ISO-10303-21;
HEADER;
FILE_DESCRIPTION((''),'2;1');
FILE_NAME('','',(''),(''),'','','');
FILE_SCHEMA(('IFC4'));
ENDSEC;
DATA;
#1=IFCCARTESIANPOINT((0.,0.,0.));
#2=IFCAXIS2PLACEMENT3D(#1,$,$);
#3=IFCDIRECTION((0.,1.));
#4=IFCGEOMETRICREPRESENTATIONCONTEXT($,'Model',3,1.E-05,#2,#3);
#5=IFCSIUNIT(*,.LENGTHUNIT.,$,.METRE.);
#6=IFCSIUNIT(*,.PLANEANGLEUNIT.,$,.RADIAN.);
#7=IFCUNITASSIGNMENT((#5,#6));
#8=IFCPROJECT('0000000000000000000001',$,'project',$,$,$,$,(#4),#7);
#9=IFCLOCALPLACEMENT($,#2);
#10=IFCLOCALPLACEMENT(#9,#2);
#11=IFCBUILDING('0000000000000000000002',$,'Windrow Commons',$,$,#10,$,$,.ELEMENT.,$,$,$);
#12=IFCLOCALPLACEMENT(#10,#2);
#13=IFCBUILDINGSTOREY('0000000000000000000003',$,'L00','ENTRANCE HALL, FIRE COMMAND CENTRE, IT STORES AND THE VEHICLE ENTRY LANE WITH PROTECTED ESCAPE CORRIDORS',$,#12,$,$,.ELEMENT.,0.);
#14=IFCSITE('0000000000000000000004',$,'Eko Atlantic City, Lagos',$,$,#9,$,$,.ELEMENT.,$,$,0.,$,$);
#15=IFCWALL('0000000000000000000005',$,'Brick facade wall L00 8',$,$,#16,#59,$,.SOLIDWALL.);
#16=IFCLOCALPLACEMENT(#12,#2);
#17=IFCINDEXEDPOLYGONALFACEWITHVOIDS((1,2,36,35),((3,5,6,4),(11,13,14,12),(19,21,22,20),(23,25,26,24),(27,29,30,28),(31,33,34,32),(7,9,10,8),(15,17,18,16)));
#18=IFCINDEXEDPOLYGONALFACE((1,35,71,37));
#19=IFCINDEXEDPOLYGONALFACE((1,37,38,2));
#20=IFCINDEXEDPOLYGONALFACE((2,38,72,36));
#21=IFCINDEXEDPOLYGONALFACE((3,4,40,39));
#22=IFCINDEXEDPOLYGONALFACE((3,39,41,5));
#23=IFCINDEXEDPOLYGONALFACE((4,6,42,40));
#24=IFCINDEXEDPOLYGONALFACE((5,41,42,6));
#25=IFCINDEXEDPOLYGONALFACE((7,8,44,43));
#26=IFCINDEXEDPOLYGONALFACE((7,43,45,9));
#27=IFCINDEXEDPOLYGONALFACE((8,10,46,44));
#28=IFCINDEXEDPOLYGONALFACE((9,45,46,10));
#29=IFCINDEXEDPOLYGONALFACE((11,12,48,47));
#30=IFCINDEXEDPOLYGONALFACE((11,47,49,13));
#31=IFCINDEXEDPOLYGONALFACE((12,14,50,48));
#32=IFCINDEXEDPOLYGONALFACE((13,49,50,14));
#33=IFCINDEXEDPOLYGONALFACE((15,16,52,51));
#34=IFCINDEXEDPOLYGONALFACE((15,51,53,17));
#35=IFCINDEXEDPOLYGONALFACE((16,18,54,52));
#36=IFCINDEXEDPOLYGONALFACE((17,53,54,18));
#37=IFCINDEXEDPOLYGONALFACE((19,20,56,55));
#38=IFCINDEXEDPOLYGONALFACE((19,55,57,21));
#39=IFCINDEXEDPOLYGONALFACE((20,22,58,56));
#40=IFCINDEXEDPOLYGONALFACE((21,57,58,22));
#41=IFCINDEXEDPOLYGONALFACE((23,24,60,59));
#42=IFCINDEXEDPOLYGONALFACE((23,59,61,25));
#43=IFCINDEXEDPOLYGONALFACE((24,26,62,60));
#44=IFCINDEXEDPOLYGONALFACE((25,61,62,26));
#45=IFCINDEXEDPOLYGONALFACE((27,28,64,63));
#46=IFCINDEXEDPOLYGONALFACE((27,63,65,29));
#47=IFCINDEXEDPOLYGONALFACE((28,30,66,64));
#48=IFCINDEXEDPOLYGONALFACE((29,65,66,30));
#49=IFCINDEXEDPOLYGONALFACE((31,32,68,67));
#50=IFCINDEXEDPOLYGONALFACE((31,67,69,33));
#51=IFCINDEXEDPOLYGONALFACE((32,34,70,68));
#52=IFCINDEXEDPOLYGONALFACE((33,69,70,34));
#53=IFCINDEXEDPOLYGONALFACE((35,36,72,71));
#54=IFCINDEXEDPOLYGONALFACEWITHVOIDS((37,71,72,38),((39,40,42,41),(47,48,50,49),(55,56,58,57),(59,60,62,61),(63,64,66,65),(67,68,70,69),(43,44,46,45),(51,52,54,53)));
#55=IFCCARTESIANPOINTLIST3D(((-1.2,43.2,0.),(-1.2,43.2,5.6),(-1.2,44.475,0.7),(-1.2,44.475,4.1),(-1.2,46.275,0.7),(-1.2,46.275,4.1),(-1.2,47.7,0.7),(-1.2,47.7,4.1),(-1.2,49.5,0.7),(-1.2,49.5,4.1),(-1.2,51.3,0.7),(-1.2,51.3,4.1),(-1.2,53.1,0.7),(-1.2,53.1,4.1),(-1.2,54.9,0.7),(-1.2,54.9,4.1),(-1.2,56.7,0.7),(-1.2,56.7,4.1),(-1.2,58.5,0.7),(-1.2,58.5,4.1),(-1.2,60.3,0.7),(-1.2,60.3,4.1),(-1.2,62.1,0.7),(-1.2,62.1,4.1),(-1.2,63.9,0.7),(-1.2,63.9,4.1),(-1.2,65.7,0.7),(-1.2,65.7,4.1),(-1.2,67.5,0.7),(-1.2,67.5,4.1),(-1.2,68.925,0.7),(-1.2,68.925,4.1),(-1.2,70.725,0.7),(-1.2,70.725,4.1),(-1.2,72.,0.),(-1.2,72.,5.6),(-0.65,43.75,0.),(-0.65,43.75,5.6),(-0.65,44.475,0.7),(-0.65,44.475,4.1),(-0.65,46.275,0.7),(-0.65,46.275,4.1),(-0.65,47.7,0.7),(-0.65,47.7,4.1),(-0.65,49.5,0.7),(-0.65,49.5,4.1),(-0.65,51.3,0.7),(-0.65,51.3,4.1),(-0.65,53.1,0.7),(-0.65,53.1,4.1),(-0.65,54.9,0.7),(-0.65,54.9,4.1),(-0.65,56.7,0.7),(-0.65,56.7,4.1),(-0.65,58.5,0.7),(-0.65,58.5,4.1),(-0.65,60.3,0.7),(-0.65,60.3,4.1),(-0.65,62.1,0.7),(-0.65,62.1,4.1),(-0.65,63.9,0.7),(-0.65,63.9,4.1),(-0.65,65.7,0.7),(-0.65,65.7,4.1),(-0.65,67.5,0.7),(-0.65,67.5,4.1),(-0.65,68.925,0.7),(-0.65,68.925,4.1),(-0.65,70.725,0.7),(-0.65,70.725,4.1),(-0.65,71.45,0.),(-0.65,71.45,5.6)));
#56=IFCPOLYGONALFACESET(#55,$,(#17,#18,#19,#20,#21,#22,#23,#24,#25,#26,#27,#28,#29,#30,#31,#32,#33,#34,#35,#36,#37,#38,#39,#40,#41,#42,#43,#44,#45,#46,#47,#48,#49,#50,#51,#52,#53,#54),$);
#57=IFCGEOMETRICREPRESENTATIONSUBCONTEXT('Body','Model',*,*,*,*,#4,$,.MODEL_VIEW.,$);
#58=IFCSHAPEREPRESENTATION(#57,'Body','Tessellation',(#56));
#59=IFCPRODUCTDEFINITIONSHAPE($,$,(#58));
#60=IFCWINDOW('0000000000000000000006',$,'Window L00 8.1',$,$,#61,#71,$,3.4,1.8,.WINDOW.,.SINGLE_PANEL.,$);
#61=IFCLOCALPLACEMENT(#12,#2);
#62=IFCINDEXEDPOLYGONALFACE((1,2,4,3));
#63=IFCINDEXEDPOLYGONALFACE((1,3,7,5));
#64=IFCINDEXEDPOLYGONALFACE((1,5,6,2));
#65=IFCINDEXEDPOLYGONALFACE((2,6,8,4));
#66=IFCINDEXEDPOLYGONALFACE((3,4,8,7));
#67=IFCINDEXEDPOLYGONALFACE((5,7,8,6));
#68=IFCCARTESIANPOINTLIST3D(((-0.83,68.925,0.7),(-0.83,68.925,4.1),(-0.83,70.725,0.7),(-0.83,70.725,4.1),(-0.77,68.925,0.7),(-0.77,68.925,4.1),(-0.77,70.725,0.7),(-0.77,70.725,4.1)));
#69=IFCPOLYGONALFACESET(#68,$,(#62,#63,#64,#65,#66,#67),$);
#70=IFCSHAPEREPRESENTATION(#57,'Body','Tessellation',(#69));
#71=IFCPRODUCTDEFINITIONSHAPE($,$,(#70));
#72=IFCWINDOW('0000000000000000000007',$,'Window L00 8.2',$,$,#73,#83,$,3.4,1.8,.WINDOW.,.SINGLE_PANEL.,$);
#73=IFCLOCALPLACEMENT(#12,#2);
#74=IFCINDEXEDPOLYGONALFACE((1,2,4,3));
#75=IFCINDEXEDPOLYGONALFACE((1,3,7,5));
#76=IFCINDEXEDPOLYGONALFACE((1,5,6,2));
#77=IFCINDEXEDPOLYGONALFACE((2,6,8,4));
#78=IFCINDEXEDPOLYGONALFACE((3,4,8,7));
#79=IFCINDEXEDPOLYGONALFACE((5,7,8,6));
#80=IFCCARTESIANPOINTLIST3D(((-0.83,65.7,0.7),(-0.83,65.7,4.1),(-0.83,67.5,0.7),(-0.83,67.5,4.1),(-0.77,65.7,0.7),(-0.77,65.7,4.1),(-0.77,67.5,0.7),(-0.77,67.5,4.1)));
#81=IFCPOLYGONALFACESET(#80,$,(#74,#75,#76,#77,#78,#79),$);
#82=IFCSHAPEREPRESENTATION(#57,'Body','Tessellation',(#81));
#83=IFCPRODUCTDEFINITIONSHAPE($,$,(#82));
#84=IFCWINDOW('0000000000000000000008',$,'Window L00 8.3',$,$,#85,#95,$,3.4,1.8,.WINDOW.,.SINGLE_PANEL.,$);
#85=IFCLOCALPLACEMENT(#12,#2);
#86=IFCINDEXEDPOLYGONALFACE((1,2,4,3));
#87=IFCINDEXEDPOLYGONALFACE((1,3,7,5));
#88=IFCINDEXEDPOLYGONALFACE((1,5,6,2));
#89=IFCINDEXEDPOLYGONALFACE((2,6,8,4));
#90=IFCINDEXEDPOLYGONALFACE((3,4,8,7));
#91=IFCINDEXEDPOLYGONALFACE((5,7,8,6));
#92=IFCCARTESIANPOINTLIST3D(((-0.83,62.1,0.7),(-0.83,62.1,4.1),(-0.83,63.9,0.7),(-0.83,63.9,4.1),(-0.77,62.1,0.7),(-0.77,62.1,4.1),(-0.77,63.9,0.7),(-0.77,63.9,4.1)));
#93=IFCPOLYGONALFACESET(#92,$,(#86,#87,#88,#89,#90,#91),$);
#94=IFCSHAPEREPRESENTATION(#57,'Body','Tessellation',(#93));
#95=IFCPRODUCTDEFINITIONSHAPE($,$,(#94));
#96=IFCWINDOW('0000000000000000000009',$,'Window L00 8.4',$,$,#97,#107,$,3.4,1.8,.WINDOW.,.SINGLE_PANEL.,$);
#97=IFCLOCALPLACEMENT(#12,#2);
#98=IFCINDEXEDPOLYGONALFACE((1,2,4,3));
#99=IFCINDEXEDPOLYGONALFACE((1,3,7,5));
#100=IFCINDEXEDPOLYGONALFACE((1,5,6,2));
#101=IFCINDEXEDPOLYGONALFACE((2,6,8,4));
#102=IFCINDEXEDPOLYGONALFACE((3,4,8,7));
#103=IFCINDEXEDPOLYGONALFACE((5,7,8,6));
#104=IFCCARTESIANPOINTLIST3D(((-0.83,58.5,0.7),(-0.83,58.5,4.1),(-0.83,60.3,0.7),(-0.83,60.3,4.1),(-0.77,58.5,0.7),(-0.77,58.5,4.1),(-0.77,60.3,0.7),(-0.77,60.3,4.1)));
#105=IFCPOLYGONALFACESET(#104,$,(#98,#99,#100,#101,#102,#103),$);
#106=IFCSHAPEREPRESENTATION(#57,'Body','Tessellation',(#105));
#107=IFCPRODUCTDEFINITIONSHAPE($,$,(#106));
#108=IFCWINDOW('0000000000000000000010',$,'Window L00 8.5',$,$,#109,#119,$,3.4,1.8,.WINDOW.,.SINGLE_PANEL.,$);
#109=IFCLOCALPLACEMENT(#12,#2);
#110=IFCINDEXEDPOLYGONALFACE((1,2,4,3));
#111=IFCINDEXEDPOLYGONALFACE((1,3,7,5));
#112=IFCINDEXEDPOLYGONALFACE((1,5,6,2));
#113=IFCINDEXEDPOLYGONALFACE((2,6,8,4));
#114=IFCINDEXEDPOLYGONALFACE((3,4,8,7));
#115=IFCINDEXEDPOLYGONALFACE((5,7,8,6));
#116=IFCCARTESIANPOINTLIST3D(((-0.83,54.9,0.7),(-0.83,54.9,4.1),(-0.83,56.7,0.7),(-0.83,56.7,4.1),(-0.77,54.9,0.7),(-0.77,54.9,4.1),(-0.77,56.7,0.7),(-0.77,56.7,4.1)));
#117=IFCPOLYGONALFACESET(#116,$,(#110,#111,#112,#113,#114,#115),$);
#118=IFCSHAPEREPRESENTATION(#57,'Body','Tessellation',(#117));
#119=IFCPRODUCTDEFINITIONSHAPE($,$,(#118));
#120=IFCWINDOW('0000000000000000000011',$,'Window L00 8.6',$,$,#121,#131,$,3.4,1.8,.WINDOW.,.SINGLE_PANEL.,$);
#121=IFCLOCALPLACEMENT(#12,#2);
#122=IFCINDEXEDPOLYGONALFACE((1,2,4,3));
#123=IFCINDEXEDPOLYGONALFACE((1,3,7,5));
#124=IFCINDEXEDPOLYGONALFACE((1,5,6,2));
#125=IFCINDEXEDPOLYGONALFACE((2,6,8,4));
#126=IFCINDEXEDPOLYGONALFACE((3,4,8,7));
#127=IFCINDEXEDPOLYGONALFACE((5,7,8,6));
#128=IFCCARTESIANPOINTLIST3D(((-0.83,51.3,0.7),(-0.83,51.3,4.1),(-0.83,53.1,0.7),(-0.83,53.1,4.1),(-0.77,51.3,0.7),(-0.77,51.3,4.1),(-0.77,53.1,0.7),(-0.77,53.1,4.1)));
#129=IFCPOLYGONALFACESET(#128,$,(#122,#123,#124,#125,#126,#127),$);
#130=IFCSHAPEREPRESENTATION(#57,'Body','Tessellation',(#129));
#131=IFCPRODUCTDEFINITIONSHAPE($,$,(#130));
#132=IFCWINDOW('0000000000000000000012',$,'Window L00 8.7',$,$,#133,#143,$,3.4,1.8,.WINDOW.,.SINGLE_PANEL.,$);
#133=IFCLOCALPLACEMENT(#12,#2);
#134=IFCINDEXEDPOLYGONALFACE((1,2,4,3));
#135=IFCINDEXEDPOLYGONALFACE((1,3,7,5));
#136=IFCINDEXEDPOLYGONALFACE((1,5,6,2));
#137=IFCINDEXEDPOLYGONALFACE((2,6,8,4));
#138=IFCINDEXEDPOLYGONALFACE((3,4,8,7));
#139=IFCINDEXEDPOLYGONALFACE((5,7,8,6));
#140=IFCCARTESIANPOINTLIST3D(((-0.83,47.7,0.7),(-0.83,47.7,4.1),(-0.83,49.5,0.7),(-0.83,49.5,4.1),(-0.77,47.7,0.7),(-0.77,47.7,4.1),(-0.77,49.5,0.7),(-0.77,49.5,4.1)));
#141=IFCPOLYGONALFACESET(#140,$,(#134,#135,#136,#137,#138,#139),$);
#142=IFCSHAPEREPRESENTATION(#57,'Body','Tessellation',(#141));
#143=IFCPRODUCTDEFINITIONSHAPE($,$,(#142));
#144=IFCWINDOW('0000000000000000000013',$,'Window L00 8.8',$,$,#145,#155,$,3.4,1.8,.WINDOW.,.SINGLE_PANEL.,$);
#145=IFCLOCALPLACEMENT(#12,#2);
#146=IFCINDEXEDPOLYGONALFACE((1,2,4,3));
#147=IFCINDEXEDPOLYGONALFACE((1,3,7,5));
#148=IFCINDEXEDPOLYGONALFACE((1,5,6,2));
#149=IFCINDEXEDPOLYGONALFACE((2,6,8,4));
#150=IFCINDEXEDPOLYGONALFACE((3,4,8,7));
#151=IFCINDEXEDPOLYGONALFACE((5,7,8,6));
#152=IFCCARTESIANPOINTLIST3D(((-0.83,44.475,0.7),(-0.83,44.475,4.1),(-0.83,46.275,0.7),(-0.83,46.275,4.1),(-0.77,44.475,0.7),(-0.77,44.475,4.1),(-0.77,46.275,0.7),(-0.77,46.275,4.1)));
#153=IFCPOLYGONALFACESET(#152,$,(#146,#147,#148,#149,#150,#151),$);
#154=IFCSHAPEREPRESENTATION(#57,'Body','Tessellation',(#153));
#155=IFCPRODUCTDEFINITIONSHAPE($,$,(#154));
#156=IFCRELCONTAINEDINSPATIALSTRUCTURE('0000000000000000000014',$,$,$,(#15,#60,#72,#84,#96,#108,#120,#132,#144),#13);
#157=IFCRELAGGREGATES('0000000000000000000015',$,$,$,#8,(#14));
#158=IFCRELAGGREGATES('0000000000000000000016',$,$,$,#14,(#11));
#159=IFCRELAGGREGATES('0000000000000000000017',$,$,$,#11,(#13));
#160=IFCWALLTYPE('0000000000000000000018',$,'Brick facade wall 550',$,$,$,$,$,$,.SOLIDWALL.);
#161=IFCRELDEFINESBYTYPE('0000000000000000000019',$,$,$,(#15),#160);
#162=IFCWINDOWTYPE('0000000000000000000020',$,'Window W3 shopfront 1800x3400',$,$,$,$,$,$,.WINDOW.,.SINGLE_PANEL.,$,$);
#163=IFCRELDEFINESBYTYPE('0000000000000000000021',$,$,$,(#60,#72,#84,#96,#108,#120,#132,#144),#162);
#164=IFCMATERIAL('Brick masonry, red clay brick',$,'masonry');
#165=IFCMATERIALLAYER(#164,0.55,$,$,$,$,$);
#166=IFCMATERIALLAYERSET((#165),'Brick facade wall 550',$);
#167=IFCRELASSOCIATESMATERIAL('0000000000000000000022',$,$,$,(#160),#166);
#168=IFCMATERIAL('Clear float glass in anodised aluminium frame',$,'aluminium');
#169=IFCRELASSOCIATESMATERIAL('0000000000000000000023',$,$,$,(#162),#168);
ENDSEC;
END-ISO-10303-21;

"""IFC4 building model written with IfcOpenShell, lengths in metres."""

from ifc_helpers import new_model, si_unit, direction, frame, frame_2d, origin, place, context, subcontext, project, spatial, polyline, rectangle, outline, extrude, material, layer, layer_set, type_object, element, fill, save


model = new_model("IFC4")

# Units and contexts
model_context = context("Model", 3, precision=1e-05, world=origin(), true_north=direction((0.0, 1.0)))
body_context = subcontext(model_context, "Body", "Model", "MODEL_VIEW")
ifc_project = project(units=[si_unit("LENGTHUNIT", "METRE"), si_unit("PLANEANGLEUNIT", "RADIAN")], contexts=[model_context])

# Site, building, storey
site_placement = place(None, origin())
site = spatial("IfcSite", under=ifc_project, at=site_placement, Name="Eko Atlantic City, Lagos", CompositionType="ELEMENT", RefElevation=0.0)
building_placement = place(site_placement, origin())
building = spatial("IfcBuilding", under=site, at=building_placement, Name="Windrow Commons", CompositionType="ELEMENT")
storey_placement = place(building_placement, origin())
storey = spatial("IfcBuildingStorey", under=building, at=storey_placement, Name="L00", Description="ENTRANCE HALL, FIRE COMMAND CENTRE, IT STORES AND THE VEHICLE ENTRY LANE WITH PROTECTED ESCAPE CORRIDORS", CompositionType="ELEMENT", Elevation=0.0)

# Shared definitions
ifc_material_1 = material(Name="Brick masonry, red clay brick", Category="masonry")
ifc_layer = layer(ifc_material_1, 0.55)
ifc_layer_set = layer_set([ifc_layer], Name="Brick facade wall 550")
wall_type = type_object("IfcWallType", Name="Brick facade wall 550", PredefinedType="SOLIDWALL", material=ifc_layer_set)

# Wall, openings, windows
wall_1_placement = place(storey_placement, frame((-0.925, 71.725, 0.0), z_axis=(0.0, 0.0, 1.0), x_axis=(0.0, -1.0, 0.0)))
wall_1 = element("IfcWall", 1, at=wall_1_placement, inside=storey, type_object=wall_type, Name="Brick facade wall L00 8", PredefinedType="SOLIDWALL", context=body_context, shape_type="SweptSolid", body=[
    extrude(outline(polyline([(-0.275, -0.275), (28.525, -0.275), (27.975, 0.275), (0.275, 0.275), (-0.275, -0.275)])), origin(), (0.0, 0.0, 1.0), 5.6),
])
opening_1_placement = place(wall_1_placement, frame((1.0, 0.0, 0.7)))
opening_1 = element("IfcOpeningElement", 2, at=opening_1_placement, cuts=wall_1, PredefinedType="OPENING", context=body_context, shape_type="SweptSolid", body=[
    extrude(rectangle(XDim=1.8, YDim=3.4, at=frame_2d((0.9, 1.7))), frame((0.0, 0.285, 0.0), z_axis=(0.0, -1.0, 0.0), x_axis=(1.0, 0.0, 0.0)), (0.0, 0.0, 1.0), 0.57),
])
opening_2_placement = place(wall_1_placement, frame((4.225, 0.0, 0.7)))
opening_2 = element("IfcOpeningElement", 3, at=opening_2_placement, cuts=wall_1, PredefinedType="OPENING", context=body_context, shape_type="SweptSolid", body=[
    extrude(rectangle(XDim=1.8, YDim=3.4, at=frame_2d((0.9, 1.7))), frame((0.0, 0.285, 0.0), z_axis=(0.0, -1.0, 0.0), x_axis=(1.0, 0.0, 0.0)), (0.0, 0.0, 1.0), 0.57),
])
opening_3_placement = place(wall_1_placement, frame((7.825, 0.0, 0.7)))
opening_3 = element("IfcOpeningElement", 4, at=opening_3_placement, cuts=wall_1, PredefinedType="OPENING", context=body_context, shape_type="SweptSolid", body=[
    extrude(rectangle(XDim=1.8, YDim=3.4, at=frame_2d((0.9, 1.7))), frame((0.0, 0.285, 0.0), z_axis=(0.0, -1.0, 0.0), x_axis=(1.0, 0.0, 0.0)), (0.0, 0.0, 1.0), 0.57),
])
opening_4_placement = place(wall_1_placement, frame((11.425, 0.0, 0.7)))
opening_4 = element("IfcOpeningElement", 5, at=opening_4_placement, cuts=wall_1, PredefinedType="OPENING", context=body_context, shape_type="SweptSolid", body=[
    extrude(rectangle(XDim=1.8, YDim=3.4, at=frame_2d((0.9, 1.7))), frame((0.0, 0.285, 0.0), z_axis=(0.0, -1.0, 0.0), x_axis=(1.0, 0.0, 0.0)), (0.0, 0.0, 1.0), 0.57),
])
opening_5_placement = place(wall_1_placement, frame((15.025, 0.0, 0.7)))
opening_5 = element("IfcOpeningElement", 6, at=opening_5_placement, cuts=wall_1, PredefinedType="OPENING", context=body_context, shape_type="SweptSolid", body=[
    extrude(rectangle(XDim=1.8, YDim=3.4, at=frame_2d((0.9, 1.7))), frame((0.0, 0.285, 0.0), z_axis=(0.0, -1.0, 0.0), x_axis=(1.0, 0.0, 0.0)), (0.0, 0.0, 1.0), 0.57),
])
opening_6_placement = place(wall_1_placement, frame((18.625, 0.0, 0.7)))
opening_6 = element("IfcOpeningElement", 7, at=opening_6_placement, cuts=wall_1, PredefinedType="OPENING", context=body_context, shape_type="SweptSolid", body=[
    extrude(rectangle(XDim=1.8, YDim=3.4, at=frame_2d((0.9, 1.7))), frame((0.0, 0.285, 0.0), z_axis=(0.0, -1.0, 0.0), x_axis=(1.0, 0.0, 0.0)), (0.0, 0.0, 1.0), 0.57),
])
opening_7_placement = place(wall_1_placement, frame((22.225, 0.0, 0.7)))
opening_7 = element("IfcOpeningElement", 8, at=opening_7_placement, cuts=wall_1, PredefinedType="OPENING", context=body_context, shape_type="SweptSolid", body=[
    extrude(rectangle(XDim=1.8, YDim=3.4, at=frame_2d((0.9, 1.7))), frame((0.0, 0.285, 0.0), z_axis=(0.0, -1.0, 0.0), x_axis=(1.0, 0.0, 0.0)), (0.0, 0.0, 1.0), 0.57),
])
opening_8_placement = place(wall_1_placement, frame((25.45, 0.0, 0.7)))
opening_8 = element("IfcOpeningElement", 9, at=opening_8_placement, cuts=wall_1, PredefinedType="OPENING", context=body_context, shape_type="SweptSolid", body=[
    extrude(rectangle(XDim=1.8, YDim=3.4, at=frame_2d((0.9, 1.7))), frame((0.0, 0.285, 0.0), z_axis=(0.0, -1.0, 0.0), x_axis=(1.0, 0.0, 0.0)), (0.0, 0.0, 1.0), 0.57),
])
ifc_material_2 = material(Name="Clear float glass in anodised aluminium frame", Category="aluminium")
window_type = type_object("IfcWindowType", Name="Window W3 shopfront 1800x3400", PartitioningType="SINGLE_PANEL", PredefinedType="WINDOW", material=ifc_material_2)
window_1_placement = place(opening_1_placement, origin())
window_1 = element("IfcWindow", 10, at=window_1_placement, inside=storey, type_object=window_type, Name="Window L00 8.1", OverallHeight=3.4, OverallWidth=1.8, PartitioningType="SINGLE_PANEL", PredefinedType="WINDOW", context=body_context, shape_type="SweptSolid", body=[
    extrude(rectangle(XDim=1.8, YDim=3.4, at=frame_2d((0.9, 1.7))), frame((0.0, 0.155, 0.0), z_axis=(0.0, -1.0, 0.0), x_axis=(1.0, 0.0, 0.0)), (0.0, 0.0, 1.0), 0.06),
])
fill(opening_1, window_1)
window_2_placement = place(opening_2_placement, origin())
window_2 = element("IfcWindow", 11, at=window_2_placement, inside=storey, type_object=window_type, Name="Window L00 8.2", OverallHeight=3.4, OverallWidth=1.8, PartitioningType="SINGLE_PANEL", PredefinedType="WINDOW", context=body_context, shape_type="SweptSolid", body=[
    extrude(rectangle(XDim=1.8, YDim=3.4, at=frame_2d((0.9, 1.7))), frame((0.0, 0.155, 0.0), z_axis=(0.0, -1.0, 0.0), x_axis=(1.0, 0.0, 0.0)), (0.0, 0.0, 1.0), 0.06),
])
fill(opening_2, window_2)
window_3_placement = place(opening_3_placement, origin())
window_3 = element("IfcWindow", 12, at=window_3_placement, inside=storey, type_object=window_type, Name="Window L00 8.3", OverallHeight=3.4, OverallWidth=1.8, PartitioningType="SINGLE_PANEL", PredefinedType="WINDOW", context=body_context, shape_type="SweptSolid", body=[
    extrude(rectangle(XDim=1.8, YDim=3.4, at=frame_2d((0.9, 1.7))), frame((0.0, 0.155, 0.0), z_axis=(0.0, -1.0, 0.0), x_axis=(1.0, 0.0, 0.0)), (0.0, 0.0, 1.0), 0.06),
])
fill(opening_3, window_3)
window_4_placement = place(opening_4_placement, origin())
window_4 = element("IfcWindow", 13, at=window_4_placement, inside=storey, type_object=window_type, Name="Window L00 8.4", OverallHeight=3.4, OverallWidth=1.8, PartitioningType="SINGLE_PANEL", PredefinedType="WINDOW", context=body_context, shape_type="SweptSolid", body=[
    extrude(rectangle(XDim=1.8, YDim=3.4, at=frame_2d((0.9, 1.7))), frame((0.0, 0.155, 0.0), z_axis=(0.0, -1.0, 0.0), x_axis=(1.0, 0.0, 0.0)), (0.0, 0.0, 1.0), 0.06),
])
fill(opening_4, window_4)
window_5_placement = place(opening_5_placement, origin())
window_5 = element("IfcWindow", 14, at=window_5_placement, inside=storey, type_object=window_type, Name="Window L00 8.5", OverallHeight=3.4, OverallWidth=1.8, PartitioningType="SINGLE_PANEL", PredefinedType="WINDOW", context=body_context, shape_type="SweptSolid", body=[
    extrude(rectangle(XDim=1.8, YDim=3.4, at=frame_2d((0.9, 1.7))), frame((0.0, 0.155, 0.0), z_axis=(0.0, -1.0, 0.0), x_axis=(1.0, 0.0, 0.0)), (0.0, 0.0, 1.0), 0.06),
])
fill(opening_5, window_5)
window_6_placement = place(opening_6_placement, origin())
window_6 = element("IfcWindow", 15, at=window_6_placement, inside=storey, type_object=window_type, Name="Window L00 8.6", OverallHeight=3.4, OverallWidth=1.8, PartitioningType="SINGLE_PANEL", PredefinedType="WINDOW", context=body_context, shape_type="SweptSolid", body=[
    extrude(rectangle(XDim=1.8, YDim=3.4, at=frame_2d((0.9, 1.7))), frame((0.0, 0.155, 0.0), z_axis=(0.0, -1.0, 0.0), x_axis=(1.0, 0.0, 0.0)), (0.0, 0.0, 1.0), 0.06),
])
fill(opening_6, window_6)
window_7_placement = place(opening_7_placement, origin())
window_7 = element("IfcWindow", 16, at=window_7_placement, inside=storey, type_object=window_type, Name="Window L00 8.7", OverallHeight=3.4, OverallWidth=1.8, PartitioningType="SINGLE_PANEL", PredefinedType="WINDOW", context=body_context, shape_type="SweptSolid", body=[
    extrude(rectangle(XDim=1.8, YDim=3.4, at=frame_2d((0.9, 1.7))), frame((0.0, 0.155, 0.0), z_axis=(0.0, -1.0, 0.0), x_axis=(1.0, 0.0, 0.0)), (0.0, 0.0, 1.0), 0.06),
])
fill(opening_7, window_7)
window_8_placement = place(opening_8_placement, origin())
window_8 = element("IfcWindow", 17, at=window_8_placement, inside=storey, type_object=window_type, Name="Window L00 8.8", OverallHeight=3.4, OverallWidth=1.8, PartitioningType="SINGLE_PANEL", PredefinedType="WINDOW", context=body_context, shape_type="SweptSolid", body=[
    extrude(rectangle(XDim=1.8, YDim=3.4, at=frame_2d((0.9, 1.7))), frame((0.0, 0.155, 0.0), z_axis=(0.0, -1.0, 0.0), x_axis=(1.0, 0.0, 0.0)), (0.0, 0.0, 1.0), 0.06),
])
fill(opening_8, window_8)

save(model, "model.ifc")
